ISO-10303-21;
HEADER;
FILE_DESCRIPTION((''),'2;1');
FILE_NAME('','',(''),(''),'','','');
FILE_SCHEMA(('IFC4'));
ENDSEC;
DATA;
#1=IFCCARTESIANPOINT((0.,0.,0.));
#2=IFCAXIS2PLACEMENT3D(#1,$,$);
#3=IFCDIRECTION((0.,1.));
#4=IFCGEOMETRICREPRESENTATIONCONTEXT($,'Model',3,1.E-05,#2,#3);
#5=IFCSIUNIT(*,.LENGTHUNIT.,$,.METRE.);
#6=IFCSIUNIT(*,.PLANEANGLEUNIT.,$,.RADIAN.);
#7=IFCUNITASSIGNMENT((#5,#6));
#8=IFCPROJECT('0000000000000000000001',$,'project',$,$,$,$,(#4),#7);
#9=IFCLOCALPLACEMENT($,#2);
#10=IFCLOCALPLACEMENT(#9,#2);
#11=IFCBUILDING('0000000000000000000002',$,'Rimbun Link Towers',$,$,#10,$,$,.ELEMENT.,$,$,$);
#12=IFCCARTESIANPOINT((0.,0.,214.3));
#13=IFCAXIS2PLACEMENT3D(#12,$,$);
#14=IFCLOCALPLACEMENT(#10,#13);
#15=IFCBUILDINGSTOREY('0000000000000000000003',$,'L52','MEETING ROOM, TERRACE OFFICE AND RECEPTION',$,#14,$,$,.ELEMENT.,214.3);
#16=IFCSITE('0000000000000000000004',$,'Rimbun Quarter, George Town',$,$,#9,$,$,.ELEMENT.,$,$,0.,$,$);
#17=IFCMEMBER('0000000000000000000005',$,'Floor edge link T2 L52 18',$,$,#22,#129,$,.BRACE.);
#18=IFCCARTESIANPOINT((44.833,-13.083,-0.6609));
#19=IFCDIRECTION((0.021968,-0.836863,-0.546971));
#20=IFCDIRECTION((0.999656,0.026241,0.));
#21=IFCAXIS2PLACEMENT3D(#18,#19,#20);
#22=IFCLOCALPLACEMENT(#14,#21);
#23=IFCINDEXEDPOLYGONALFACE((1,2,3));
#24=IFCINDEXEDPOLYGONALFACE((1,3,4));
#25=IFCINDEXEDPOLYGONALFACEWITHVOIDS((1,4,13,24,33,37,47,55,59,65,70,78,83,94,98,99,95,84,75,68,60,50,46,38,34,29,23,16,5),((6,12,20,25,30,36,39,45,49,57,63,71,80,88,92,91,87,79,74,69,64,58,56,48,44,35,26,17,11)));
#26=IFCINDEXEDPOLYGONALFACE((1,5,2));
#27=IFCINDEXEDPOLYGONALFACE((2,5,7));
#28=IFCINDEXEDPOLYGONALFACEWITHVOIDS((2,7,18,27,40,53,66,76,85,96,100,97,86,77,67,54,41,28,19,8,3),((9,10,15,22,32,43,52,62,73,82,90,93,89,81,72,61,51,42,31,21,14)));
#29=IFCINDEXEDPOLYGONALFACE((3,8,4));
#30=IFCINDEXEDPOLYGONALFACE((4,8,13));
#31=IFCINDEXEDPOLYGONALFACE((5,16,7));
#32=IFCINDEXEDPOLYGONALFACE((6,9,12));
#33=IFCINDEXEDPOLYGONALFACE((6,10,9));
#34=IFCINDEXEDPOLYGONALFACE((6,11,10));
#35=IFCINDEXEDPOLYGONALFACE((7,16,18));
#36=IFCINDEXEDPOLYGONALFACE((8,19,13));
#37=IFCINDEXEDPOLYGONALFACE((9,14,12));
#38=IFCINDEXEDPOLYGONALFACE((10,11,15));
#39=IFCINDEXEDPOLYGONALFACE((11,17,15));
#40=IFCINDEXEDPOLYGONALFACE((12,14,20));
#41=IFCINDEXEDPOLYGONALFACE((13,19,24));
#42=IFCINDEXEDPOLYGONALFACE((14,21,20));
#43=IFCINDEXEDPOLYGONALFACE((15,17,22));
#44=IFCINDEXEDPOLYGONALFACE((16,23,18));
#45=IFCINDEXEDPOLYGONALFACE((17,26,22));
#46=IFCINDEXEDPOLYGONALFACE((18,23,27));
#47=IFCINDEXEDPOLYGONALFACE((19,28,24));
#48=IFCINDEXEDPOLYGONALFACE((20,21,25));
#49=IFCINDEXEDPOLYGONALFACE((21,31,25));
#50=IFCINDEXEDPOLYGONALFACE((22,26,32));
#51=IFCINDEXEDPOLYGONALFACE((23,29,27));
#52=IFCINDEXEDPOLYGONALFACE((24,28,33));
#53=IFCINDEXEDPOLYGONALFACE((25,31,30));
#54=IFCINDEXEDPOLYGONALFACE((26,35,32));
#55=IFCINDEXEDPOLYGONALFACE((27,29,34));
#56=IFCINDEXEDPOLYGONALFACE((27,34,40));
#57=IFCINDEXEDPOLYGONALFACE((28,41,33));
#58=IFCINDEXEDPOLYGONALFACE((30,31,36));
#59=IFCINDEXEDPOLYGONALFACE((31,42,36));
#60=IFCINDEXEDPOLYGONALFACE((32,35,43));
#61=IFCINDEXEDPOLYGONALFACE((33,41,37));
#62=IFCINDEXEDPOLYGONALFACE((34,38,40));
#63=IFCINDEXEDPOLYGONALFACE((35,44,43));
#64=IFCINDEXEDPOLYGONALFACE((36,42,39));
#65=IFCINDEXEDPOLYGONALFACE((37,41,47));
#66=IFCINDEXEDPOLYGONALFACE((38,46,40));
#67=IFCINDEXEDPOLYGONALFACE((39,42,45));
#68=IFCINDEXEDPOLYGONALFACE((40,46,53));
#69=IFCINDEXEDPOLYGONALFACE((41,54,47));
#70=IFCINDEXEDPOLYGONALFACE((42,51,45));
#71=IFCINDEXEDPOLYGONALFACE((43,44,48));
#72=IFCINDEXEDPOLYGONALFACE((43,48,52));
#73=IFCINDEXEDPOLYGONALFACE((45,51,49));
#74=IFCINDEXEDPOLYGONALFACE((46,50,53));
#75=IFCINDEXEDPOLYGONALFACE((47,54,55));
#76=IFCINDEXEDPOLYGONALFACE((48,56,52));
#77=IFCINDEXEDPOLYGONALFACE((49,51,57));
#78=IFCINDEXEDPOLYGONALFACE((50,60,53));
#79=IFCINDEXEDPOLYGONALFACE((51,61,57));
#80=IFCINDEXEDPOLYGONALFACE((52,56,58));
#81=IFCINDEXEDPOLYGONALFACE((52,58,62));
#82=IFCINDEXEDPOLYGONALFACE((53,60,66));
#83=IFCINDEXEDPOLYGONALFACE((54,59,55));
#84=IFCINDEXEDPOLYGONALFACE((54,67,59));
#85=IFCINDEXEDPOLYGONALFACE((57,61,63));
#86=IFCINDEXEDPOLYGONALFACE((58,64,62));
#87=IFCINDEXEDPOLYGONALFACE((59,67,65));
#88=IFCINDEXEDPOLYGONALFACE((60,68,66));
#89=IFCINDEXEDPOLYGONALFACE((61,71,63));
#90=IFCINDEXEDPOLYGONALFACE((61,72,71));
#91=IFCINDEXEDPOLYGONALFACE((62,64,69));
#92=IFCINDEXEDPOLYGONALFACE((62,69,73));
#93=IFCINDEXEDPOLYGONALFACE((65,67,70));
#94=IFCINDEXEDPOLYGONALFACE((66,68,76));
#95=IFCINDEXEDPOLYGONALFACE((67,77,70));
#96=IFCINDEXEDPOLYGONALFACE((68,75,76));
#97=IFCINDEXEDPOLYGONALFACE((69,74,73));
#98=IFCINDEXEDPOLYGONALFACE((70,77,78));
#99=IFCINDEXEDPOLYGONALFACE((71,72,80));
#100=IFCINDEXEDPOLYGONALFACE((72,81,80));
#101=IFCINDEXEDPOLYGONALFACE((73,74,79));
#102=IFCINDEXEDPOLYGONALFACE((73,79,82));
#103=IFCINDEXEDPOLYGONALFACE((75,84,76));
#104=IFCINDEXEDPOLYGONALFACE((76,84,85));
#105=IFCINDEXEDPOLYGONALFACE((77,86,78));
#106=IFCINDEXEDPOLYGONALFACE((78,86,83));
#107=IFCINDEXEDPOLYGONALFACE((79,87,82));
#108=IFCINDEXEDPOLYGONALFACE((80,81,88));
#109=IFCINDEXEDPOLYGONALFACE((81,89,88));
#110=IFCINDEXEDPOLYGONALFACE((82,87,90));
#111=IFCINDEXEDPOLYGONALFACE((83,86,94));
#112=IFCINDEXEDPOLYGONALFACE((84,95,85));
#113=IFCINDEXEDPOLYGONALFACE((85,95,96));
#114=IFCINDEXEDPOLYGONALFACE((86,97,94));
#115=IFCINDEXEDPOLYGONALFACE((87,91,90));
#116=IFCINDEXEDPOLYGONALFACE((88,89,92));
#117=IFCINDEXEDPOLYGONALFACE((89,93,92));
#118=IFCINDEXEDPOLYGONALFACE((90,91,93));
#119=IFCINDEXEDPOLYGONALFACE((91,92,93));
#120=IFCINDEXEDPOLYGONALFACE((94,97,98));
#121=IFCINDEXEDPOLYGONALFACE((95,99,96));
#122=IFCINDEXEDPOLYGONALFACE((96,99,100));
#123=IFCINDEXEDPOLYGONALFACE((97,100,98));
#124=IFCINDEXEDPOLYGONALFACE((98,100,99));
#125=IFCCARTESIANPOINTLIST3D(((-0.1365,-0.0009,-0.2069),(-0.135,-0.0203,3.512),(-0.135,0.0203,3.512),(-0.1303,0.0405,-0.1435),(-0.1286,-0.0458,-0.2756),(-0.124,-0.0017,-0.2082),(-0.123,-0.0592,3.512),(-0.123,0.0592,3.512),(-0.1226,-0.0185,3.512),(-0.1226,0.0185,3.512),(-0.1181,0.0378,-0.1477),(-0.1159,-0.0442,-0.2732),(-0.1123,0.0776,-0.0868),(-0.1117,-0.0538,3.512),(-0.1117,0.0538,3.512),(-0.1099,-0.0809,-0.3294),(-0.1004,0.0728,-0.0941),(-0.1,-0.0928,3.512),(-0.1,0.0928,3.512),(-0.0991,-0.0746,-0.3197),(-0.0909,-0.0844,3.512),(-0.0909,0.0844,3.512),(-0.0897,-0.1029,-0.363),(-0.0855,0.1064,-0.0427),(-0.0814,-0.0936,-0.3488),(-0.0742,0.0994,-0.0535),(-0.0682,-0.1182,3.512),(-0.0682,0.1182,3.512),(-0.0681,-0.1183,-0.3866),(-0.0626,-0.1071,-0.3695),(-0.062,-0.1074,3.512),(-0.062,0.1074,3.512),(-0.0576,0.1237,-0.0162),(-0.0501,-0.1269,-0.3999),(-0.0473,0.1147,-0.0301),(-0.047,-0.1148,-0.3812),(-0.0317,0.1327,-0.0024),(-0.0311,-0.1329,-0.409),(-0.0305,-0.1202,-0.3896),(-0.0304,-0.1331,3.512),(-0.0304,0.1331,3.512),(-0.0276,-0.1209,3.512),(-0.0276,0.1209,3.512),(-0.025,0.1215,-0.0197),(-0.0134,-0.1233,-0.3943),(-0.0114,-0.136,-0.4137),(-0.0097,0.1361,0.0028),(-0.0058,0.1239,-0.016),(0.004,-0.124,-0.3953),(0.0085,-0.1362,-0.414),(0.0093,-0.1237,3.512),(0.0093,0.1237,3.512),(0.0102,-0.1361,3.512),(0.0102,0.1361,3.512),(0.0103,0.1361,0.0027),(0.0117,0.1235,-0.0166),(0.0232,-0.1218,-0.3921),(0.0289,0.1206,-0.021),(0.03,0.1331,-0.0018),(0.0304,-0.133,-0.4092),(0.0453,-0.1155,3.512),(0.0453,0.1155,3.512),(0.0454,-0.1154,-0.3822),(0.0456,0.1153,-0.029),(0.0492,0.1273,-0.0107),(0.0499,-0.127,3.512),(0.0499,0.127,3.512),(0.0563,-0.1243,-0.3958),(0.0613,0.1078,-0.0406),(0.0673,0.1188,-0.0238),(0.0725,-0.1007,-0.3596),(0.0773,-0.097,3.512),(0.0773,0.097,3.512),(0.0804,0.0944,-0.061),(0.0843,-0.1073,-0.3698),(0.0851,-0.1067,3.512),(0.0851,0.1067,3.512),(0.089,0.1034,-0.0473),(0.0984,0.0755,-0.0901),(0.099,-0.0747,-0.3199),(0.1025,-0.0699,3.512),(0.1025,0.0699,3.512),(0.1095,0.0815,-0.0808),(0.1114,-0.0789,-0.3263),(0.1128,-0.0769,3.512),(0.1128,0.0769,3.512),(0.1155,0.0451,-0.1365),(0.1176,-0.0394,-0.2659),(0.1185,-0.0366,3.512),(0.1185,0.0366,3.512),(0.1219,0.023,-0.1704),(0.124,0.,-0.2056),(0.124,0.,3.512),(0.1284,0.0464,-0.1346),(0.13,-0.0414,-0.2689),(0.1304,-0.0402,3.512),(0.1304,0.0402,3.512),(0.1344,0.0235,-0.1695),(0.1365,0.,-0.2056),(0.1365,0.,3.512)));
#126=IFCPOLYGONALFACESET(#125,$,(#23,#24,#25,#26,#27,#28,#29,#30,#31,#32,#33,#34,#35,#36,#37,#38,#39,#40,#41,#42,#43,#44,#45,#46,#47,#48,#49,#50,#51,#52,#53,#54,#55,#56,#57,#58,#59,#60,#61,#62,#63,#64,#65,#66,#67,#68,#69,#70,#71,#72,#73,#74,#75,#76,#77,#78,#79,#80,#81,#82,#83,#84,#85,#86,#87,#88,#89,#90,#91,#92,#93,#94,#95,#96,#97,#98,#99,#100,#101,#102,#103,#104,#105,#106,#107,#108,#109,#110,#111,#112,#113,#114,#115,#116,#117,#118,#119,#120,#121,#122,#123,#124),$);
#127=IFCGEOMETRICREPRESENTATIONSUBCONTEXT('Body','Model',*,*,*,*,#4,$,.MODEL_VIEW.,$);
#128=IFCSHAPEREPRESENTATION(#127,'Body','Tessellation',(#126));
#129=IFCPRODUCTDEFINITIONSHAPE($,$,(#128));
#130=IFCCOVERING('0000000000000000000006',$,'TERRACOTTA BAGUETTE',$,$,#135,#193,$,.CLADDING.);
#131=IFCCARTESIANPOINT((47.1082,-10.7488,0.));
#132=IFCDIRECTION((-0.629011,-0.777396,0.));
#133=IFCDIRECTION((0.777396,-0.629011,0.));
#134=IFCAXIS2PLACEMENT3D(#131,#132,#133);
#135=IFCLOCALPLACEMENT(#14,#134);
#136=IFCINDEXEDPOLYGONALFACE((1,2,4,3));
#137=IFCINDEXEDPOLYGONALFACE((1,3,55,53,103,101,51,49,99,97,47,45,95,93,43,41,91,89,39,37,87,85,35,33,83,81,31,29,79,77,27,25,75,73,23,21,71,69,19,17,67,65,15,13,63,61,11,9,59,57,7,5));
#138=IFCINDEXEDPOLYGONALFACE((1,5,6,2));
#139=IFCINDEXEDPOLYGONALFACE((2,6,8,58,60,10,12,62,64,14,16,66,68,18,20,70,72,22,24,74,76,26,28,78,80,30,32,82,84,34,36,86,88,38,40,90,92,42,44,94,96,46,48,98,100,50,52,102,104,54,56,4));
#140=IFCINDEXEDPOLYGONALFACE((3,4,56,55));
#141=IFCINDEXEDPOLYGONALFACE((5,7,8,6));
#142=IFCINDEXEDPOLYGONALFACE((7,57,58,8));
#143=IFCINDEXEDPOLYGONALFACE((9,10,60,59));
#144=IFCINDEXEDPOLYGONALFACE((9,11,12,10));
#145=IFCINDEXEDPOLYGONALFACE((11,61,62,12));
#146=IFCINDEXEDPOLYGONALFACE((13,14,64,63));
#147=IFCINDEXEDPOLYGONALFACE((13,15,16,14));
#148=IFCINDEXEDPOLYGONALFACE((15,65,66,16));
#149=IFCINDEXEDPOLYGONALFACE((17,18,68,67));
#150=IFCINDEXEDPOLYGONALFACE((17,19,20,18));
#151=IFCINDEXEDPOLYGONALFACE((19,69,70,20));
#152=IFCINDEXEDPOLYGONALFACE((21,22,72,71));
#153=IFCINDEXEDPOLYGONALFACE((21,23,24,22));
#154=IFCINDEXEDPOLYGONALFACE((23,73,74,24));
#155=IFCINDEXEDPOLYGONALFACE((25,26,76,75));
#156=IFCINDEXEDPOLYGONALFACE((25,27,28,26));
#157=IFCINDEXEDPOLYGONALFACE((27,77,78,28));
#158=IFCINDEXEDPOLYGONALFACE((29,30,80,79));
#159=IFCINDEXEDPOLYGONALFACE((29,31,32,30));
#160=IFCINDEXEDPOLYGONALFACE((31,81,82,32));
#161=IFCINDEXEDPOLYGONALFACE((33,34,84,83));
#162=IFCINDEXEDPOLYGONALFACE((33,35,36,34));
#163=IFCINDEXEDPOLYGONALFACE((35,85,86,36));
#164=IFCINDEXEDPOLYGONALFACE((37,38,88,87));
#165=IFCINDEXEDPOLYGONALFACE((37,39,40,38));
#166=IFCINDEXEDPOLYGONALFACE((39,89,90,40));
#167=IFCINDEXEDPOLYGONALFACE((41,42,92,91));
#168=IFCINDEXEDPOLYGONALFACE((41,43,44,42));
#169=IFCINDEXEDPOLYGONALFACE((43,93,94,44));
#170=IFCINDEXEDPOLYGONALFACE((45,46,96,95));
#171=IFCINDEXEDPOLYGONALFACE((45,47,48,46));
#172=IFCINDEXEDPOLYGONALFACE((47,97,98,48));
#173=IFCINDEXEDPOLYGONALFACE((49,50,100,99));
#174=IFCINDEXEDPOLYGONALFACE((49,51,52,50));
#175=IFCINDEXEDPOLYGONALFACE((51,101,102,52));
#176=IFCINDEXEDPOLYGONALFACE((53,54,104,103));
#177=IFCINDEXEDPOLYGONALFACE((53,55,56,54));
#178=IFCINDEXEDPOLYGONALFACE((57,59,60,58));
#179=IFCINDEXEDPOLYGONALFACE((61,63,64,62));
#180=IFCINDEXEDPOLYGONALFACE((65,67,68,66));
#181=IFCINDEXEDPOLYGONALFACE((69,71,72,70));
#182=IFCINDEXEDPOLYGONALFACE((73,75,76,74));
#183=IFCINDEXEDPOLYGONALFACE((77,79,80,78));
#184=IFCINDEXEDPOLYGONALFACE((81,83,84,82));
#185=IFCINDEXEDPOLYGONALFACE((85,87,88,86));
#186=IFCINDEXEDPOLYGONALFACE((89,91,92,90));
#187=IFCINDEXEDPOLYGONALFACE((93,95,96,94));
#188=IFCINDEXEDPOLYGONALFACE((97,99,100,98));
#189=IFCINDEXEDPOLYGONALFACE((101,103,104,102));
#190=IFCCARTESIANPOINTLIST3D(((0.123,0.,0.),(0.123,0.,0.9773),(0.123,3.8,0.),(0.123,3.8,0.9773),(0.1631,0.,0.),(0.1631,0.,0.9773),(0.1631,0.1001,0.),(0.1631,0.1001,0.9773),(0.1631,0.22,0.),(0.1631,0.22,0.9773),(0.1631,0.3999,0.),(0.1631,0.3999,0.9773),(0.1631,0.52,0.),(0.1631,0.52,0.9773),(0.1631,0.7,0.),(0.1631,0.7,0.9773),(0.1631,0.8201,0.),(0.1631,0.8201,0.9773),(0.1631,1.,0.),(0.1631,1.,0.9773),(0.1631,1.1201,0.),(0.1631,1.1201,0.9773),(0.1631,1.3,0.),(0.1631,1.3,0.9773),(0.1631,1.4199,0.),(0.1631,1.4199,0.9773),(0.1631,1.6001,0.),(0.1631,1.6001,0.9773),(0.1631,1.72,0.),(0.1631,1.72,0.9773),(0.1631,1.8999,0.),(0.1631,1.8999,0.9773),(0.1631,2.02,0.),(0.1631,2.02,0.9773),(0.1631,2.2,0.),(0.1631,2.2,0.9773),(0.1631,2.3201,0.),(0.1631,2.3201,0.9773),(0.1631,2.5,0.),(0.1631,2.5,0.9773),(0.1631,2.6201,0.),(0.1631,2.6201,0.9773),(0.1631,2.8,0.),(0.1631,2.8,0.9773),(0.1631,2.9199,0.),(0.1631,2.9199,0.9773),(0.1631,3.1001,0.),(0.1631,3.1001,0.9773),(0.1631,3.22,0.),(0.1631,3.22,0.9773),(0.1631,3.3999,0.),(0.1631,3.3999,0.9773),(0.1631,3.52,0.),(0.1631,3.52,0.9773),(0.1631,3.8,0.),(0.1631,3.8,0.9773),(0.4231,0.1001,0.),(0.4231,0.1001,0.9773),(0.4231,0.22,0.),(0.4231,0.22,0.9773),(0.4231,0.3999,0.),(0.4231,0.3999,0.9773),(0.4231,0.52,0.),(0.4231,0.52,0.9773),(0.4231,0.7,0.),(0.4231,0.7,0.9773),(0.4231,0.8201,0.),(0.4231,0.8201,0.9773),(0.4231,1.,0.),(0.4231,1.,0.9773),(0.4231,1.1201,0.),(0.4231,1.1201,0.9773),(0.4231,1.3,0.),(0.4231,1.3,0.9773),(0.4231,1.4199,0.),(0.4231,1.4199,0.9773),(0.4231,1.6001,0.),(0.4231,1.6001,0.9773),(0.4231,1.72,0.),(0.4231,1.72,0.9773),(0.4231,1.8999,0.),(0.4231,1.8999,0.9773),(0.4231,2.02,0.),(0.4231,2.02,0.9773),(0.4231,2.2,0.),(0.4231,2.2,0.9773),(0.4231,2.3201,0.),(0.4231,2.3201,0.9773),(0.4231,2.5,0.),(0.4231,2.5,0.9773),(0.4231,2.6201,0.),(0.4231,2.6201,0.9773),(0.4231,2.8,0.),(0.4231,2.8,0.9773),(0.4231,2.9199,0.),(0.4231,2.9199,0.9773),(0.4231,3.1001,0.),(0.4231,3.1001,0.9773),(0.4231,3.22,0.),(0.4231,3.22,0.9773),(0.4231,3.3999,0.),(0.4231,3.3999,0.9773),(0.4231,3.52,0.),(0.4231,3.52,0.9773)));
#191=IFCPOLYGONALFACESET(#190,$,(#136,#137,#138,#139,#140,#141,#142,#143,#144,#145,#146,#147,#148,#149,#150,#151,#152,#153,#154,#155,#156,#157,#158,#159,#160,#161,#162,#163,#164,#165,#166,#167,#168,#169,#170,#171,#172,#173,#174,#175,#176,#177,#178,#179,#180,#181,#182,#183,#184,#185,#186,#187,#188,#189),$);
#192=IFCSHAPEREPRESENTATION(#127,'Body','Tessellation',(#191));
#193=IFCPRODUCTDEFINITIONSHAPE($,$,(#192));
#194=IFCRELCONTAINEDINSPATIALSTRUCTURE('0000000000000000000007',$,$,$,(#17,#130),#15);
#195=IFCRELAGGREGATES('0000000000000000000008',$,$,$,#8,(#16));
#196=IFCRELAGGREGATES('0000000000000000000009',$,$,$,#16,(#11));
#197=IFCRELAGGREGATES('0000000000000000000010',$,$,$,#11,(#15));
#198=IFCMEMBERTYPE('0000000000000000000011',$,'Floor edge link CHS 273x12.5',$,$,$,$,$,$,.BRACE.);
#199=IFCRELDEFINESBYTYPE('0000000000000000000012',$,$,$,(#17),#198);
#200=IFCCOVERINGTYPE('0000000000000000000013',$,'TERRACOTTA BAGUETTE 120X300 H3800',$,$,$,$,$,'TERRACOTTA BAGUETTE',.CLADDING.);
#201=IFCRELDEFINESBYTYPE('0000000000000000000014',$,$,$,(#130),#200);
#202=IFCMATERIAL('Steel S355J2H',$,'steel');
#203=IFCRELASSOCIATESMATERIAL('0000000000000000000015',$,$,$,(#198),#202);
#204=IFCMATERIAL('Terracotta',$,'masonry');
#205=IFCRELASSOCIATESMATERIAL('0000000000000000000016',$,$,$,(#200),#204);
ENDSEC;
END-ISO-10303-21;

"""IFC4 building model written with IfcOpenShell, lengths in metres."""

from ifc_helpers import new_model, si_unit, direction, frame, origin, origin_2d, place, context, subcontext, project, spatial, polyline, hollow_circle, outline, extrude, clip, halfspace, material, material_profile, profile_set, type_object, element, save


model = new_model("IFC4")

# Units and contexts
model_context = context("Model", 3, precision=1e-05, world=origin(), true_north=direction((0.0, 1.0)))
body_context = subcontext(model_context, "Body", "Model", "MODEL_VIEW")
ifc_project = project(units=[si_unit("LENGTHUNIT", "METRE"), si_unit("PLANEANGLEUNIT", "RADIAN")], contexts=[model_context])

# Site, building, storey
site_placement = place(None, origin())
site = spatial("IfcSite", under=ifc_project, at=site_placement, Name="Rimbun Quarter, George Town", CompositionType="ELEMENT", RefElevation=0.0)
building_placement = place(site_placement, origin())
building = spatial("IfcBuilding", under=site, at=building_placement, Name="Rimbun Link Towers", CompositionType="ELEMENT")
storey_placement = place(building_placement, frame((0.0, 0.0, 214.3)))
storey = spatial("IfcBuildingStorey", under=building, at=storey_placement, Name="L52", Description="MEETING ROOM, TERRACE OFFICE AND RECEPTION", CompositionType="ELEMENT", Elevation=214.3)

# Member
ifc_material_1 = material(Name="Steel S355J2H", Category="steel")
ifc_material_profile_1 = material_profile(ifc_material_1, hollow_circle(Radius=0.1365, WallThickness=0.0125, at=origin_2d()), Name="CHS 273x12.5")
ifc_profile_set_1 = profile_set([ifc_material_profile_1], Name="Steel S355J2H")
member_type_1 = type_object("IfcMemberType", Name="Floor edge link CHS 273x12.5", PredefinedType="BRACE", material=ifc_profile_set_1)
member_1_placement = place(storey_placement, frame((44.833, -13.083, -0.6609), z_axis=(0.021968, -0.836863, -0.546971), x_axis=(0.999656, 0.026241, 0.0)))
element("IfcMember", 1, at=member_1_placement, inside=storey, type_object=member_type_1, Name="Floor edge link T2 L52 18", PredefinedType="BRACE", context=body_context, shape_type="Clipping", body=[
    clip(extrude(hollow_circle(Radius=0.1365, WallThickness=0.0125, at=origin_2d()), frame((0.0, 0.0, -0.436)), (0.0, 0.0, 1.0), 3.948), halfspace(frame((0.0, 0.0, -0.2056), z_axis=(0.0, 0.837151, -0.546971)), False)),
])

# Covering
ifc_material_2 = material(Name="Terracotta", Category="masonry")
ifc_material_profile_2 = material_profile(ifc_material_2, outline(polyline([(0.123, 0.0), (0.1631, 0.0), (0.1631, 0.1001), (0.4231, 0.1001), (0.4231, 0.22), (0.1631, 0.22), (0.1631, 0.3999), (0.4231, 0.3999), (0.4231, 0.52), (0.1631, 0.52), (0.1631, 0.7), (0.4231, 0.7), (0.4231, 0.8201), (0.1631, 0.8201), (0.1631, 1.0), (0.4231, 1.0), (0.4231, 1.1201), (0.1631, 1.1201), (0.1631, 1.3), (0.4231, 1.3), (0.4231, 1.4199), (0.1631, 1.4199), (0.1631, 1.6001), (0.4231, 1.6001), (0.4231, 1.72), (0.1631, 1.72), (0.1631, 1.8999), (0.4231, 1.8999), (0.4231, 2.02), (0.1631, 2.02), (0.1631, 2.2), (0.4231, 2.2), (0.4231, 2.3201), (0.1631, 2.3201), (0.1631, 2.5), (0.4231, 2.5), (0.4231, 2.6201), (0.1631, 2.6201), (0.1631, 2.8), (0.4231, 2.8), (0.4231, 2.9199), (0.1631, 2.9199), (0.1631, 3.1001), (0.4231, 3.1001), (0.4231, 3.22), (0.1631, 3.22), (0.1631, 3.3999), (0.4231, 3.3999), (0.4231, 3.52), (0.1631, 3.52), (0.1631, 3.8), (0.123, 3.8), (0.123, 0.0)])), Name="BAGUETTE 120X300")
ifc_profile_set_2 = profile_set([ifc_material_profile_2], Name="Terracotta")
covering_type = type_object("IfcCoveringType", Name="TERRACOTTA BAGUETTE 120X300 H3800", ElementType="TERRACOTTA BAGUETTE", PredefinedType="CLADDING", material=ifc_profile_set_2)
covering_placement = place(storey_placement, frame((47.1082, -10.7488, 0.0), z_axis=(-0.629011, -0.777396, 0.0), x_axis=(0.777396, -0.629011, 0.0)))
element("IfcCovering", 2, at=covering_placement, inside=storey, type_object=covering_type, Name="TERRACOTTA BAGUETTE", PredefinedType="CLADDING", context=body_context, shape_type="SweptSolid", body=[
    extrude(outline(polyline([(0.123, 0.0), (0.1631, 0.0), (0.1631, 0.1001), (0.4231, 0.1001), (0.4231, 0.22), (0.1631, 0.22), (0.1631, 0.3999), (0.4231, 0.3999), (0.4231, 0.52), (0.1631, 0.52), (0.1631, 0.7), (0.4231, 0.7), (0.4231, 0.8201), (0.1631, 0.8201), (0.1631, 1.0), (0.4231, 1.0), (0.4231, 1.1201), (0.1631, 1.1201), (0.1631, 1.3), (0.4231, 1.3), (0.4231, 1.4199), (0.1631, 1.4199), (0.1631, 1.6001), (0.4231, 1.6001), (0.4231, 1.72), (0.1631, 1.72), (0.1631, 1.8999), (0.4231, 1.8999), (0.4231, 2.02), (0.1631, 2.02), (0.1631, 2.2), (0.4231, 2.2), (0.4231, 2.3201), (0.1631, 2.3201), (0.1631, 2.5), (0.4231, 2.5), (0.4231, 2.6201), (0.1631, 2.6201), (0.1631, 2.8), (0.4231, 2.8), (0.4231, 2.9199), (0.1631, 2.9199), (0.1631, 3.1001), (0.4231, 3.1001), (0.4231, 3.22), (0.1631, 3.22), (0.1631, 3.3999), (0.4231, 3.3999), (0.4231, 3.52), (0.1631, 3.52), (0.1631, 3.8), (0.123, 3.8), (0.123, 0.0)])), origin(), (0.0, 0.0, 1.0), 0.9773),
])

save(model, "model.ifc")
